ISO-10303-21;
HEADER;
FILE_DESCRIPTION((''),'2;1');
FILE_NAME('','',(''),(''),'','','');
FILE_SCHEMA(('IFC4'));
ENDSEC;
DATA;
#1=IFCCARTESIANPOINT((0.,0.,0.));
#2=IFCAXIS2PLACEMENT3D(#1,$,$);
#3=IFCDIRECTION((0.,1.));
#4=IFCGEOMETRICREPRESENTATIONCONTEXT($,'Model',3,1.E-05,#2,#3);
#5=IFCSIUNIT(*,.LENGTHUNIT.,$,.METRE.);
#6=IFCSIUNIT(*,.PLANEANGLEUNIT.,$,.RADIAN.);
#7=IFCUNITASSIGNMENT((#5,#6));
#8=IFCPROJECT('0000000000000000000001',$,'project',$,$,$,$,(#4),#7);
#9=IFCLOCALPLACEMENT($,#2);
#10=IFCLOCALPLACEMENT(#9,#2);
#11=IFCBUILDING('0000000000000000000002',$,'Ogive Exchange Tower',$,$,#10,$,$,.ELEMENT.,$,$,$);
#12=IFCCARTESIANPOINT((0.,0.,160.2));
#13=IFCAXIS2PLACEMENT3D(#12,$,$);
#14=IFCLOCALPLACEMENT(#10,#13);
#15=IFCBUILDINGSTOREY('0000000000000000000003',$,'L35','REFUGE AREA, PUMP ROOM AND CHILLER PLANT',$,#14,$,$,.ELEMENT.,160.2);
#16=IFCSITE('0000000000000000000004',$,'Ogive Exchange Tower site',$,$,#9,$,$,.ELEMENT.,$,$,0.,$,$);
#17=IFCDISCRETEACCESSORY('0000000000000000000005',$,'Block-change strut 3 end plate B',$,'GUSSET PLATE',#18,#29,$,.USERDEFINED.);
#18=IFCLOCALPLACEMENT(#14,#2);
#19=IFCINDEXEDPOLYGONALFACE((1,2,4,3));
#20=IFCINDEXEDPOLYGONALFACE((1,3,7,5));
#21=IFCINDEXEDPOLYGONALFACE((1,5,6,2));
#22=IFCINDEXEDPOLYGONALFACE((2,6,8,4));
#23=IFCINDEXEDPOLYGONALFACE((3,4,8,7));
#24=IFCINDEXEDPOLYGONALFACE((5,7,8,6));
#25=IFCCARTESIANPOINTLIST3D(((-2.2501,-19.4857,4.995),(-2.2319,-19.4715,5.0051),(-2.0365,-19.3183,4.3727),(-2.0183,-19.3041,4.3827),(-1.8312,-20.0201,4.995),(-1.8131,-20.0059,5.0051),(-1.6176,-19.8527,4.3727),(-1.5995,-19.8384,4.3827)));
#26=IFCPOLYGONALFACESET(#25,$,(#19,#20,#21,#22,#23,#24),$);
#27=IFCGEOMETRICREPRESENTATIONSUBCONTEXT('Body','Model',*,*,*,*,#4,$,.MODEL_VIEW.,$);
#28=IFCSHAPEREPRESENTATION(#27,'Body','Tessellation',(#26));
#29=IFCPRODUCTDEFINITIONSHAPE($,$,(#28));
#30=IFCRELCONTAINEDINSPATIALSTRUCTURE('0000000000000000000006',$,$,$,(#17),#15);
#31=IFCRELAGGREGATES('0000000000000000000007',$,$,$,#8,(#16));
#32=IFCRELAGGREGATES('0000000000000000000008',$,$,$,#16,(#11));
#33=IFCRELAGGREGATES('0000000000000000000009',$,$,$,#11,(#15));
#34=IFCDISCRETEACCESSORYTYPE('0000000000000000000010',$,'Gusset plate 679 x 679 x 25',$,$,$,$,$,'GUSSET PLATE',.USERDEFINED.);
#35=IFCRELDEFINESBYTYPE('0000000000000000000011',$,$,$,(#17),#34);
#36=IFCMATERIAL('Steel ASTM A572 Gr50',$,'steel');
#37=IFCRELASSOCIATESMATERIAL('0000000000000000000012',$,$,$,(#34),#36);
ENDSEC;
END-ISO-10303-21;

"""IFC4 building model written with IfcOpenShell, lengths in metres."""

from ifc_helpers import new_model, si_unit, direction, frame, origin, origin_2d, place, context, subcontext, project, spatial, rectangle, extrude, material, material_profile, profile_set, type_object, element, save


model = new_model("IFC4")

# Units and contexts
model_context = context("Model", 3, precision=1e-05, world=origin(), true_north=direction((0.0, 1.0)))
body_context = subcontext(model_context, "Body", "Model", "MODEL_VIEW")
ifc_project = project(units=[si_unit("LENGTHUNIT", "METRE"), si_unit("PLANEANGLEUNIT", "RADIAN")], contexts=[model_context])

# Site, building, storey
site_placement = place(None, origin())
site = spatial("IfcSite", under=ifc_project, at=site_placement, Name="Ogive Exchange Tower site", CompositionType="ELEMENT", RefElevation=0.0)
building_placement = place(site_placement, origin())
building = spatial("IfcBuilding", under=site, at=building_placement, Name="Ogive Exchange Tower", CompositionType="ELEMENT")
storey_placement = place(building_placement, frame((0.0, 0.0, 160.2)))
storey = spatial("IfcBuildingStorey", under=building, at=storey_placement, Name="L35", Description="REFUGE AREA, PUMP ROOM AND CHILLER PLANT", CompositionType="ELEMENT", Elevation=160.2)

# Discrete accessory
ifc_material_1 = material(Name="Steel ASTM A572 Gr50", Category="steel")
ifc_material_profile_1 = material_profile(ifc_material_1, rectangle(XDim=0.679, YDim=0.679, at=origin_2d()), Name="PL 679 x 679 x 25")
ifc_profile_set_1 = profile_set([ifc_material_profile_1], Name="Steel ASTM A572 Gr50")
discrete_accessory_type_1 = type_object("IfcDiscreteAccessoryType", Name="Gusset plate 679 x 679 x 25", ElementType="GUSSET PLATE", PredefinedType="USERDEFINED", material=ifc_profile_set_1)
for number, where, z_axis, x_axis, name in (
    (1, (-1.9338, -19.6692, 4.6838), (0.721445, 0.565457, 0.39972), (-0.616882, 0.787056, 0.0), "Block-change strut 3 end plate B"),
):
    element("IfcDiscreteAccessory", number, at=place(storey_placement, frame(where, z_axis=z_axis, x_axis=x_axis)), inside=storey, type_object=discrete_accessory_type_1, Name=name, ObjectType="GUSSET PLATE", PredefinedType="USERDEFINED", context=body_context, shape_type="SweptSolid", body=[
        extrude(rectangle(XDim=0.679, YDim=0.679, at=origin_2d()), origin(), (0.0, 0.0, 1.0), 0.0251),
    ])

save(model, "model.ifc")
